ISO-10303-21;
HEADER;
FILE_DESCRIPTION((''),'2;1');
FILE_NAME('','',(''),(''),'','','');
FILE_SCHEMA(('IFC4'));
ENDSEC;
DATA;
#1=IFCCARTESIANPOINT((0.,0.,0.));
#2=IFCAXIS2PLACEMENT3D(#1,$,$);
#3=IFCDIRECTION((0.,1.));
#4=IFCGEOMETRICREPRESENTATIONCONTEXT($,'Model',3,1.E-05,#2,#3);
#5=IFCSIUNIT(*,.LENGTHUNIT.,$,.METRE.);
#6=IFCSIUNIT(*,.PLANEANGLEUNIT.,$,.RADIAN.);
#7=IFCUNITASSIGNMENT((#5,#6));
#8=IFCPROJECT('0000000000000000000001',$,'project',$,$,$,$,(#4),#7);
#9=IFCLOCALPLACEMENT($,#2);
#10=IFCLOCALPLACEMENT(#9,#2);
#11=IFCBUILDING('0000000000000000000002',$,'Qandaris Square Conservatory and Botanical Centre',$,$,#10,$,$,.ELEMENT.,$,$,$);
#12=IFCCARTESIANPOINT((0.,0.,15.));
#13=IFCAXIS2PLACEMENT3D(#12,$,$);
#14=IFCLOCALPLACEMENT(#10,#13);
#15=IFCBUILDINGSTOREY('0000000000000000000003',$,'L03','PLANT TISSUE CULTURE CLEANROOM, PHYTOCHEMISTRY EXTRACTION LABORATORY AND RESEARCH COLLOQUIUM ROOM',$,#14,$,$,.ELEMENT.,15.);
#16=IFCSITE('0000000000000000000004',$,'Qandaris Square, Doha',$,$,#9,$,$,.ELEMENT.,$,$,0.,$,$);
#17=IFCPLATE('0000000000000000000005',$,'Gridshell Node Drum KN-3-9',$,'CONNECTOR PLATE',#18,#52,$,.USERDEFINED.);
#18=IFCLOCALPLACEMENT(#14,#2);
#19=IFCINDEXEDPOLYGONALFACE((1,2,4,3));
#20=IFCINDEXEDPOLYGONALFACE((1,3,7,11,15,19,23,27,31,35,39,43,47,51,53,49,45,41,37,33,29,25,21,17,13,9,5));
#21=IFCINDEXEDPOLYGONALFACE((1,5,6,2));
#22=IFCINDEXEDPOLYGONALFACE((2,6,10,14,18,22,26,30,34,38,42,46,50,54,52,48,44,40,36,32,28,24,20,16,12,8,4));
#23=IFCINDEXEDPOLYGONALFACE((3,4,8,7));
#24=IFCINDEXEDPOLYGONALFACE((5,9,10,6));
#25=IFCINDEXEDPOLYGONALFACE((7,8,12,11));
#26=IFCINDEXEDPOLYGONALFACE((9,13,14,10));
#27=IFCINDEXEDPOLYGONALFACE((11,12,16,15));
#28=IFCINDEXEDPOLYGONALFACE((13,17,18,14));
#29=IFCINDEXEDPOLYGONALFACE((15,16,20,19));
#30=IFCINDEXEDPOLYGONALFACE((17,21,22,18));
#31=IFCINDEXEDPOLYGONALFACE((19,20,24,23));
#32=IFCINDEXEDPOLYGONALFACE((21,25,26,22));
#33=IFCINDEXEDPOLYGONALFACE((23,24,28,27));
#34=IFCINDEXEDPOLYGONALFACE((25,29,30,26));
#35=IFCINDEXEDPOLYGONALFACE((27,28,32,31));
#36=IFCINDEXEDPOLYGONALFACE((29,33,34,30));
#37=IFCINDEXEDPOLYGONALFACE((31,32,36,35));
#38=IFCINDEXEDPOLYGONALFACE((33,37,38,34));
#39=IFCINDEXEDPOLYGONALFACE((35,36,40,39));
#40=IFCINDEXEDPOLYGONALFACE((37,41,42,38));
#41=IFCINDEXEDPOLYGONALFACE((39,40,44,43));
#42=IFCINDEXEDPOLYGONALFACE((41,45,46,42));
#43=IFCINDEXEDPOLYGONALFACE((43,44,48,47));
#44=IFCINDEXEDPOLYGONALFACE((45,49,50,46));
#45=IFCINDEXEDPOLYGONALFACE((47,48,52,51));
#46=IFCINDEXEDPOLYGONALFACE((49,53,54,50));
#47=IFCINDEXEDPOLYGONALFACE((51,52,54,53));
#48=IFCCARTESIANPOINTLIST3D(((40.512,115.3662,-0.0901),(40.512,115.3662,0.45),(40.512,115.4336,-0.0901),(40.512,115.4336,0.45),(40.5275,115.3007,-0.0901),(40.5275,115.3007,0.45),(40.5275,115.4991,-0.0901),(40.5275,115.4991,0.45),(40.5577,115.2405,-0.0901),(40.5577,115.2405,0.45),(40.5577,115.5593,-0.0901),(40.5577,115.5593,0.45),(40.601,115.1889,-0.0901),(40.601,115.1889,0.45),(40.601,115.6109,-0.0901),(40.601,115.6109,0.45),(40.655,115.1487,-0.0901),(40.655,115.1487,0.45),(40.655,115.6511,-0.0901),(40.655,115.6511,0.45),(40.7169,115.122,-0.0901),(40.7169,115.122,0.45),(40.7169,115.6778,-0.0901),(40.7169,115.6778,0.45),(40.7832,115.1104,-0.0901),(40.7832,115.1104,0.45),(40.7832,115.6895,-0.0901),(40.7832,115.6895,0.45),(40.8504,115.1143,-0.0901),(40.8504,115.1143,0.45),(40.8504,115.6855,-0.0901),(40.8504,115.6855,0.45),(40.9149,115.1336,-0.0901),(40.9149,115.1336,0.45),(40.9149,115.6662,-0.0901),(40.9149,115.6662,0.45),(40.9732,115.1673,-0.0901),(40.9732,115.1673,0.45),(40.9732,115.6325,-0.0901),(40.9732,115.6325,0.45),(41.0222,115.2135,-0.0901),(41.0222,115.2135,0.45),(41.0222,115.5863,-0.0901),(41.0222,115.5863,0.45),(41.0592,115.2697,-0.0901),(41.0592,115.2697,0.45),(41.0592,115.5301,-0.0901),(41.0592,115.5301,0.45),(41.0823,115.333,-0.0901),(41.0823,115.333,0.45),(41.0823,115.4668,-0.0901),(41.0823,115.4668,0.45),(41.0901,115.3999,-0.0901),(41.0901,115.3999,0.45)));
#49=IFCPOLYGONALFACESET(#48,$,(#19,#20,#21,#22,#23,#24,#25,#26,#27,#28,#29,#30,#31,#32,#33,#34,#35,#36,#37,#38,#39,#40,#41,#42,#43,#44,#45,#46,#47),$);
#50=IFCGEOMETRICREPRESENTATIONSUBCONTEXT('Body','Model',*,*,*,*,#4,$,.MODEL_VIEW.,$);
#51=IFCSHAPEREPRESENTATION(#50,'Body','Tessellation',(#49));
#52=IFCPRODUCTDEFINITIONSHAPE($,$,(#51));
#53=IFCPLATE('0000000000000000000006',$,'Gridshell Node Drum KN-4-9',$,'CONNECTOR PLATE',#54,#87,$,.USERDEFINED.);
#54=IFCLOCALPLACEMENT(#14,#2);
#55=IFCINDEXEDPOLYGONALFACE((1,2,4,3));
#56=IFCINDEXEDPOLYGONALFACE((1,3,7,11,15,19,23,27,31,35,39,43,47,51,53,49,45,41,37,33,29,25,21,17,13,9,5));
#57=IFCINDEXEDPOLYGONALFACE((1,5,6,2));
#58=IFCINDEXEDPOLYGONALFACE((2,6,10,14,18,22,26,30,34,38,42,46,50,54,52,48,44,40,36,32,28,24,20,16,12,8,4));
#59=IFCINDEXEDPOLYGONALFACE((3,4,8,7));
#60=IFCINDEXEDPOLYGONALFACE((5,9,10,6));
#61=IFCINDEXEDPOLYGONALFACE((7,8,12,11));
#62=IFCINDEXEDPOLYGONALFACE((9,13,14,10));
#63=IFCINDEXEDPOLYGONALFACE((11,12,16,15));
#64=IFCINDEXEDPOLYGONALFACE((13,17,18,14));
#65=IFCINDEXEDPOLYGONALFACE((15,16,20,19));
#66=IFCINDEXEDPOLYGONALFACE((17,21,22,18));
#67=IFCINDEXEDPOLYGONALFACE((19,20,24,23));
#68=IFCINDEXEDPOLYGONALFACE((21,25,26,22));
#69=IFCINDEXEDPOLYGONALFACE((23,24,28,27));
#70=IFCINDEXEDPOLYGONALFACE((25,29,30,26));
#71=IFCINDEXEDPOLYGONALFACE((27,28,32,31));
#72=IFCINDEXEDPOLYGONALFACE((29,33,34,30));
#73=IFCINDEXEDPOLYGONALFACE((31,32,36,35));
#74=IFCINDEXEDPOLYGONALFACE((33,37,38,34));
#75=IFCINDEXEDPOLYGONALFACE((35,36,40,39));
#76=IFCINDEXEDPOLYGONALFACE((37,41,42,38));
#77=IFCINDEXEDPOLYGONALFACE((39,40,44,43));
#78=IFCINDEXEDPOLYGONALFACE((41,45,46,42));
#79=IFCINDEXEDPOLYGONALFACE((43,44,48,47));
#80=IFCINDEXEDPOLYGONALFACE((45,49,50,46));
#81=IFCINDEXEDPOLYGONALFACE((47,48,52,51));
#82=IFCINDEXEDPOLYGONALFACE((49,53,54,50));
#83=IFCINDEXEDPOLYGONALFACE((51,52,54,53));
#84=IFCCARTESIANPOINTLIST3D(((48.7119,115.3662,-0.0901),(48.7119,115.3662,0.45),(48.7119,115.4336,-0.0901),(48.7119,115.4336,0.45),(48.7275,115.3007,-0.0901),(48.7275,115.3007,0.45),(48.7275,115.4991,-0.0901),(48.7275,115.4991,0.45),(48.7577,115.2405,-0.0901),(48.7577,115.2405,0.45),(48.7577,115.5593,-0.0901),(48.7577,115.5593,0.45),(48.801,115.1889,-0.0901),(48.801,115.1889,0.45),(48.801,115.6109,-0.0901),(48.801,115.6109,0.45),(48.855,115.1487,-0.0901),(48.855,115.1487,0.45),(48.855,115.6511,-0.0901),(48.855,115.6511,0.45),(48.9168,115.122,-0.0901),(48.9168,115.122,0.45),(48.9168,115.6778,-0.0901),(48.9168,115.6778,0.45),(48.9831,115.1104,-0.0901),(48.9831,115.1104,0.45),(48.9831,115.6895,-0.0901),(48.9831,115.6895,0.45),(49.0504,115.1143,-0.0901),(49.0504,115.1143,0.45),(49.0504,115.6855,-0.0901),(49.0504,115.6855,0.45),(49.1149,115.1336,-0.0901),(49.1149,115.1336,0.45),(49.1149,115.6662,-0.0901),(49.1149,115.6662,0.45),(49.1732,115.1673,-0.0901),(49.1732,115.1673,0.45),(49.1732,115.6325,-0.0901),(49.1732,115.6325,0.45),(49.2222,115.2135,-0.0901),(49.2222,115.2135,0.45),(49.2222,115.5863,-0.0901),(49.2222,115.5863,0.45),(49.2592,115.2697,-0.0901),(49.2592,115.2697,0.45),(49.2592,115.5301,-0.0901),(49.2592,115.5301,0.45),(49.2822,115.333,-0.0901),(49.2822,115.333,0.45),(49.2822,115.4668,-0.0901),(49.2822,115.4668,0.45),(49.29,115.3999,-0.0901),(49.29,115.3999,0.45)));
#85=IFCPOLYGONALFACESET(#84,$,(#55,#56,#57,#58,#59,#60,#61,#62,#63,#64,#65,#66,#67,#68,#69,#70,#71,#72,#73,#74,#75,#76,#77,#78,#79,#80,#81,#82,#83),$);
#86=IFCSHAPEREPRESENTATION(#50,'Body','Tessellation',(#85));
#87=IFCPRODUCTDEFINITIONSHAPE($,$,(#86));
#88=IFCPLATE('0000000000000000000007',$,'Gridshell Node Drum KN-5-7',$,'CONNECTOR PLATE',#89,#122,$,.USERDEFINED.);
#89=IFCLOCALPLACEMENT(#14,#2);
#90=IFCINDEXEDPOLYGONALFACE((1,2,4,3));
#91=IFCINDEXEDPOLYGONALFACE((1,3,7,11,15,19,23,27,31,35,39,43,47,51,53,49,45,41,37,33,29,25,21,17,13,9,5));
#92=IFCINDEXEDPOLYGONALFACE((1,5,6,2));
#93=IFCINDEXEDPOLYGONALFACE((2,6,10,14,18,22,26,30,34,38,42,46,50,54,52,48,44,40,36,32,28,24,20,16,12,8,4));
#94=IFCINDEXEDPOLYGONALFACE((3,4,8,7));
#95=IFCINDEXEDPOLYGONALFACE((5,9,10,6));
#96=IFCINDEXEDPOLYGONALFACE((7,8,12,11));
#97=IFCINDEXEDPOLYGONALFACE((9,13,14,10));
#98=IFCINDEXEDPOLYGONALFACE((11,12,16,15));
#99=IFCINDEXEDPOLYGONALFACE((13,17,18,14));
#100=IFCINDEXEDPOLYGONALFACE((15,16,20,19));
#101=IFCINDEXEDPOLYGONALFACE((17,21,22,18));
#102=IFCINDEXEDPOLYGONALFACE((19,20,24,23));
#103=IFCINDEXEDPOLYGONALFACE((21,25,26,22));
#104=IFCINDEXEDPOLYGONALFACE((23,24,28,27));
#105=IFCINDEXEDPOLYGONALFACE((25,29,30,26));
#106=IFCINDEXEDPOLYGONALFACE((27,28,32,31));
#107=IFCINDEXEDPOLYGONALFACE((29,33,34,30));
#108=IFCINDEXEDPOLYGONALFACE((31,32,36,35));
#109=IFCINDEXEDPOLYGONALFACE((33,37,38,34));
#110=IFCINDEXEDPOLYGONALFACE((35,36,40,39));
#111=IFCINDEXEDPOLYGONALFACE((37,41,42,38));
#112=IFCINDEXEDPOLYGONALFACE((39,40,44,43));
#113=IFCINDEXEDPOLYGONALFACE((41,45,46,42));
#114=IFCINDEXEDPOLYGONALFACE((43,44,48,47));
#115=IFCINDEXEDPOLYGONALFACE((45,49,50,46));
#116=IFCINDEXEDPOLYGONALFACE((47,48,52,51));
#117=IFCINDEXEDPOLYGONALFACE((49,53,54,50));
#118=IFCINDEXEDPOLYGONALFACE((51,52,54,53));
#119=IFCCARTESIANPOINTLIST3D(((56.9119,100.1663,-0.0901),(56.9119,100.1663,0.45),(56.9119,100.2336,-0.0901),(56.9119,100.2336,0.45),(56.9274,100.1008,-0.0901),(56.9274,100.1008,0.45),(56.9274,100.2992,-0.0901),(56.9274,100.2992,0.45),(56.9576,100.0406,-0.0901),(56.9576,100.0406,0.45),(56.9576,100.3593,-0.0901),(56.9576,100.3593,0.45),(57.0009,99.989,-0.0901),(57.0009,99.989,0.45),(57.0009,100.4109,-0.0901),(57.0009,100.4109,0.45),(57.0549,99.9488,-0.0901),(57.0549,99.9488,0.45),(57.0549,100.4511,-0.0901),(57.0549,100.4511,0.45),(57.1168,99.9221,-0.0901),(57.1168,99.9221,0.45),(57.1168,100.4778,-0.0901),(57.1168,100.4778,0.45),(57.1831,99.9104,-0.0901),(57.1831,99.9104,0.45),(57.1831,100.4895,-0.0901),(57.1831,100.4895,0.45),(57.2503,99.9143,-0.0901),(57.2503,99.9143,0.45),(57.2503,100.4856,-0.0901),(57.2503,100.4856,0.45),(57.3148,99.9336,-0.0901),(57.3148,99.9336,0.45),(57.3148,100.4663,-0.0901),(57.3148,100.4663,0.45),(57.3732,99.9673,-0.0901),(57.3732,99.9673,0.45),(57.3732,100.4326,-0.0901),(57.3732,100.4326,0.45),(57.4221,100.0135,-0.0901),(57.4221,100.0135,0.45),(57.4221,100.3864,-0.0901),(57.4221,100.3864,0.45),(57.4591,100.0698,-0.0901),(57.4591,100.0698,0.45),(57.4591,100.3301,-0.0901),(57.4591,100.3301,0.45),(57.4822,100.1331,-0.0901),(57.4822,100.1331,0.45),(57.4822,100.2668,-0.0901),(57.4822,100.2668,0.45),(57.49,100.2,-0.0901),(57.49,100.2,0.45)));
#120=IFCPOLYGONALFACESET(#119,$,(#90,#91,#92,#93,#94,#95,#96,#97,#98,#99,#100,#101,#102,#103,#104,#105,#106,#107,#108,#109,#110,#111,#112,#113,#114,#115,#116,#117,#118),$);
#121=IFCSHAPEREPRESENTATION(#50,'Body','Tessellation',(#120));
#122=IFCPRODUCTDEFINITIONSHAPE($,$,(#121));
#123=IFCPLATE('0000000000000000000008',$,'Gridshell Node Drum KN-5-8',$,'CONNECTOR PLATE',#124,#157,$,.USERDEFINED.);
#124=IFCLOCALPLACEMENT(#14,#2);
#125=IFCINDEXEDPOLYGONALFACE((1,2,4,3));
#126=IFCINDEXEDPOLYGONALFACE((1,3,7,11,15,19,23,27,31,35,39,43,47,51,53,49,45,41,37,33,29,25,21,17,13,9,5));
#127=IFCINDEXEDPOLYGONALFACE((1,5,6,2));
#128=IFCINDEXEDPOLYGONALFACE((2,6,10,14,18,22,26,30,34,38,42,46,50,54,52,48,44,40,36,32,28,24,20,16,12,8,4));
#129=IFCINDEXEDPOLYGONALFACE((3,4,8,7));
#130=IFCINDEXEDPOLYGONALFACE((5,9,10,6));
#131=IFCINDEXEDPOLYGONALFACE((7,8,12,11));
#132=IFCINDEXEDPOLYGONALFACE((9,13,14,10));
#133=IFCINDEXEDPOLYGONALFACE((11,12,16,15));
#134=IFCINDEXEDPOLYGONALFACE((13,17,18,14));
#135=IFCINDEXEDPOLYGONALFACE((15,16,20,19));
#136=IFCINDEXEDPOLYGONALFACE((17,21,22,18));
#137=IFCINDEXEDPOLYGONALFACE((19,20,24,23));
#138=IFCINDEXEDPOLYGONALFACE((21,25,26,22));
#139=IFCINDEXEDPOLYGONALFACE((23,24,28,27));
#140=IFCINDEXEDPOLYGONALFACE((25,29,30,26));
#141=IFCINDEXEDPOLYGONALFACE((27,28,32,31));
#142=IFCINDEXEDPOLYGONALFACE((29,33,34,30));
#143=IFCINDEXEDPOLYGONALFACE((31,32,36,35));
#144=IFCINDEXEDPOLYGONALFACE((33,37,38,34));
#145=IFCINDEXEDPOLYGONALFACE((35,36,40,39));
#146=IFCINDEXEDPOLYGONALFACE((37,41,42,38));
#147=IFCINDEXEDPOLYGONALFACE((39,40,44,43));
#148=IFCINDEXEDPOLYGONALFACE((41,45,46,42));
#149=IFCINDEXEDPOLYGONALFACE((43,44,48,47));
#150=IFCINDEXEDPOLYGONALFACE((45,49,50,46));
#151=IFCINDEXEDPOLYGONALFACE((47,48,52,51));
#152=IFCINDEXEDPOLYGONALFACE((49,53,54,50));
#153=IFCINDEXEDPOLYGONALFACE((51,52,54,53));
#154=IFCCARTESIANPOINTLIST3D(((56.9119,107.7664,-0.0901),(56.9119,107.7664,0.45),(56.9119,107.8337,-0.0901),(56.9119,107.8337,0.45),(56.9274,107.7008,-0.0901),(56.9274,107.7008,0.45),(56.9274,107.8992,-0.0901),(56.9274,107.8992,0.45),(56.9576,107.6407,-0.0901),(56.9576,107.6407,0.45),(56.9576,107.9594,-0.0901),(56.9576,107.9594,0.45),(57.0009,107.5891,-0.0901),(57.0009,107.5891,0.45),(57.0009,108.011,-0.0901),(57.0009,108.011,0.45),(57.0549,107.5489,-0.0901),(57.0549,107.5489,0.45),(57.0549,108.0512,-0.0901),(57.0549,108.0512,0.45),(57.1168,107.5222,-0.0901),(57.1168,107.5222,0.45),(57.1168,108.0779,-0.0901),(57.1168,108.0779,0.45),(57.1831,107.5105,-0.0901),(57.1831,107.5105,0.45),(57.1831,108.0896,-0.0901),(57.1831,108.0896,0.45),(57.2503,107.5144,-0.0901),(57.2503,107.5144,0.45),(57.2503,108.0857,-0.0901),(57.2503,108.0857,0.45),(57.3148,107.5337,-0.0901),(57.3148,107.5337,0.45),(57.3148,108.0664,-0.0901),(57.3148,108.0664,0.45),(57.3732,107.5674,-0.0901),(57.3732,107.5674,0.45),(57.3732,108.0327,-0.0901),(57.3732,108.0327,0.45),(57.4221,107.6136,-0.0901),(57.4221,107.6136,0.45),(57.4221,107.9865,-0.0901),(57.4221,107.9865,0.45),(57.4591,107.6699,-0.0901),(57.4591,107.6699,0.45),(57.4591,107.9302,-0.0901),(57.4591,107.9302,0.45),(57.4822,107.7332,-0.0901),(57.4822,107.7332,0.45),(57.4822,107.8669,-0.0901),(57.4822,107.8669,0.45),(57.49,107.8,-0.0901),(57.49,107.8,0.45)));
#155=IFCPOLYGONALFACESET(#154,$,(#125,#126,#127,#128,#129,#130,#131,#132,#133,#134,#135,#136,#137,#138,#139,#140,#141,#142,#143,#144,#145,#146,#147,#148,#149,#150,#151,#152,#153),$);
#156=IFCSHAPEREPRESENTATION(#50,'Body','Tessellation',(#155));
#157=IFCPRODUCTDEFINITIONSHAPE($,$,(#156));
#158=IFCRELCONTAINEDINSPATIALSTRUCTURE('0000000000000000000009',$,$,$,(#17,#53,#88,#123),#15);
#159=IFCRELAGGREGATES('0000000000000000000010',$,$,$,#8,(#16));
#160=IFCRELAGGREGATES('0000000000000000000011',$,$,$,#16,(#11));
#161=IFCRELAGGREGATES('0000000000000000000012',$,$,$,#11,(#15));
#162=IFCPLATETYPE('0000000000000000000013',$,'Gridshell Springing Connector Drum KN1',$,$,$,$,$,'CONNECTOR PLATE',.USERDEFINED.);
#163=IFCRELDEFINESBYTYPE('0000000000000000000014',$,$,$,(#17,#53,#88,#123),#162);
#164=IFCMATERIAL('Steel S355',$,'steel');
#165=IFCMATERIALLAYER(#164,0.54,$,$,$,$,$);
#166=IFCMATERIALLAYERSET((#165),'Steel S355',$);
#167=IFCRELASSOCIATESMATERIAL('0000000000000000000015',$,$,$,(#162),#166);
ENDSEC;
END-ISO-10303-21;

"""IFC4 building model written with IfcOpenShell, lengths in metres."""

from ifc_helpers import new_model, si_unit, direction, frame, origin, origin_2d, place, context, subcontext, project, spatial, circle, extrude, material, layer, layer_set, type_object, element, save


model = new_model("IFC4")

# Units and contexts
model_context = context("Model", 3, precision=1e-05, world=origin(), true_north=direction((0.0, 1.0)))
body_context = subcontext(model_context, "Body", "Model", "MODEL_VIEW")
ifc_project = project(units=[si_unit("LENGTHUNIT", "METRE"), si_unit("PLANEANGLEUNIT", "RADIAN")], contexts=[model_context])

# Site, building, storey
site_placement = place(None, origin())
site = spatial("IfcSite", under=ifc_project, at=site_placement, Name="Qandaris Square, Doha", CompositionType="ELEMENT", RefElevation=0.0)
building_placement = place(site_placement, origin())
building = spatial("IfcBuilding", under=site, at=building_placement, Name="Qandaris Square Conservatory and Botanical Centre", CompositionType="ELEMENT")
storey_placement = place(building_placement, frame((0.0, 0.0, 15.0)))
storey = spatial("IfcBuildingStorey", under=building, at=storey_placement, Name="L03", Description="PLANT TISSUE CULTURE CLEANROOM, PHYTOCHEMISTRY EXTRACTION LABORATORY AND RESEARCH COLLOQUIUM ROOM", CompositionType="ELEMENT", Elevation=15.0)

# Shared definitions
ifc_material_1 = material(Name="Steel S355", Category="steel")

# Plates
ifc_layer_1 = layer(ifc_material_1, 0.54)
ifc_layer_set_1 = layer_set([ifc_layer_1], Name="Steel S355")
plate_type_1 = type_object("IfcPlateType", Name="Gridshell Springing Connector Drum KN1", ElementType="CONNECTOR PLATE", PredefinedType="USERDEFINED", material=ifc_layer_set_1)
for number, where, z_axis, x_axis, name in (
    (1, (40.8, 115.3999, -0.0901), (0.0, 0.0, 1.0), (1.0, 0.0, 0.0), "Gridshell Node Drum KN-3-9"),
    (2, (49.0, 115.3999, -0.0901), (0.0, 0.0, 1.0), (1.0, 0.0, 0.0), "Gridshell Node Drum KN-4-9"),
    (3, (57.2, 100.2, -0.0901), (0.0, 0.0, 1.0), (1.0, 0.0, 0.0), "Gridshell Node Drum KN-5-7"),
    (4, (57.2, 107.8, -0.0901), (0.0, 0.0, 1.0), (1.0, 0.0, 0.0), "Gridshell Node Drum KN-5-8"),
):
    element("IfcPlate", number, at=place(storey_placement, frame(where, z_axis=z_axis, x_axis=x_axis)), inside=storey, type_object=plate_type_1, Name=name, ObjectType="CONNECTOR PLATE", PredefinedType="USERDEFINED", context=body_context, shape_type="SweptSolid", body=[
        extrude(circle(Radius=0.29, at=origin_2d()), origin(), (0.0, 0.0, 1.0), 0.54),
    ])

save(model, "model.ifc")
